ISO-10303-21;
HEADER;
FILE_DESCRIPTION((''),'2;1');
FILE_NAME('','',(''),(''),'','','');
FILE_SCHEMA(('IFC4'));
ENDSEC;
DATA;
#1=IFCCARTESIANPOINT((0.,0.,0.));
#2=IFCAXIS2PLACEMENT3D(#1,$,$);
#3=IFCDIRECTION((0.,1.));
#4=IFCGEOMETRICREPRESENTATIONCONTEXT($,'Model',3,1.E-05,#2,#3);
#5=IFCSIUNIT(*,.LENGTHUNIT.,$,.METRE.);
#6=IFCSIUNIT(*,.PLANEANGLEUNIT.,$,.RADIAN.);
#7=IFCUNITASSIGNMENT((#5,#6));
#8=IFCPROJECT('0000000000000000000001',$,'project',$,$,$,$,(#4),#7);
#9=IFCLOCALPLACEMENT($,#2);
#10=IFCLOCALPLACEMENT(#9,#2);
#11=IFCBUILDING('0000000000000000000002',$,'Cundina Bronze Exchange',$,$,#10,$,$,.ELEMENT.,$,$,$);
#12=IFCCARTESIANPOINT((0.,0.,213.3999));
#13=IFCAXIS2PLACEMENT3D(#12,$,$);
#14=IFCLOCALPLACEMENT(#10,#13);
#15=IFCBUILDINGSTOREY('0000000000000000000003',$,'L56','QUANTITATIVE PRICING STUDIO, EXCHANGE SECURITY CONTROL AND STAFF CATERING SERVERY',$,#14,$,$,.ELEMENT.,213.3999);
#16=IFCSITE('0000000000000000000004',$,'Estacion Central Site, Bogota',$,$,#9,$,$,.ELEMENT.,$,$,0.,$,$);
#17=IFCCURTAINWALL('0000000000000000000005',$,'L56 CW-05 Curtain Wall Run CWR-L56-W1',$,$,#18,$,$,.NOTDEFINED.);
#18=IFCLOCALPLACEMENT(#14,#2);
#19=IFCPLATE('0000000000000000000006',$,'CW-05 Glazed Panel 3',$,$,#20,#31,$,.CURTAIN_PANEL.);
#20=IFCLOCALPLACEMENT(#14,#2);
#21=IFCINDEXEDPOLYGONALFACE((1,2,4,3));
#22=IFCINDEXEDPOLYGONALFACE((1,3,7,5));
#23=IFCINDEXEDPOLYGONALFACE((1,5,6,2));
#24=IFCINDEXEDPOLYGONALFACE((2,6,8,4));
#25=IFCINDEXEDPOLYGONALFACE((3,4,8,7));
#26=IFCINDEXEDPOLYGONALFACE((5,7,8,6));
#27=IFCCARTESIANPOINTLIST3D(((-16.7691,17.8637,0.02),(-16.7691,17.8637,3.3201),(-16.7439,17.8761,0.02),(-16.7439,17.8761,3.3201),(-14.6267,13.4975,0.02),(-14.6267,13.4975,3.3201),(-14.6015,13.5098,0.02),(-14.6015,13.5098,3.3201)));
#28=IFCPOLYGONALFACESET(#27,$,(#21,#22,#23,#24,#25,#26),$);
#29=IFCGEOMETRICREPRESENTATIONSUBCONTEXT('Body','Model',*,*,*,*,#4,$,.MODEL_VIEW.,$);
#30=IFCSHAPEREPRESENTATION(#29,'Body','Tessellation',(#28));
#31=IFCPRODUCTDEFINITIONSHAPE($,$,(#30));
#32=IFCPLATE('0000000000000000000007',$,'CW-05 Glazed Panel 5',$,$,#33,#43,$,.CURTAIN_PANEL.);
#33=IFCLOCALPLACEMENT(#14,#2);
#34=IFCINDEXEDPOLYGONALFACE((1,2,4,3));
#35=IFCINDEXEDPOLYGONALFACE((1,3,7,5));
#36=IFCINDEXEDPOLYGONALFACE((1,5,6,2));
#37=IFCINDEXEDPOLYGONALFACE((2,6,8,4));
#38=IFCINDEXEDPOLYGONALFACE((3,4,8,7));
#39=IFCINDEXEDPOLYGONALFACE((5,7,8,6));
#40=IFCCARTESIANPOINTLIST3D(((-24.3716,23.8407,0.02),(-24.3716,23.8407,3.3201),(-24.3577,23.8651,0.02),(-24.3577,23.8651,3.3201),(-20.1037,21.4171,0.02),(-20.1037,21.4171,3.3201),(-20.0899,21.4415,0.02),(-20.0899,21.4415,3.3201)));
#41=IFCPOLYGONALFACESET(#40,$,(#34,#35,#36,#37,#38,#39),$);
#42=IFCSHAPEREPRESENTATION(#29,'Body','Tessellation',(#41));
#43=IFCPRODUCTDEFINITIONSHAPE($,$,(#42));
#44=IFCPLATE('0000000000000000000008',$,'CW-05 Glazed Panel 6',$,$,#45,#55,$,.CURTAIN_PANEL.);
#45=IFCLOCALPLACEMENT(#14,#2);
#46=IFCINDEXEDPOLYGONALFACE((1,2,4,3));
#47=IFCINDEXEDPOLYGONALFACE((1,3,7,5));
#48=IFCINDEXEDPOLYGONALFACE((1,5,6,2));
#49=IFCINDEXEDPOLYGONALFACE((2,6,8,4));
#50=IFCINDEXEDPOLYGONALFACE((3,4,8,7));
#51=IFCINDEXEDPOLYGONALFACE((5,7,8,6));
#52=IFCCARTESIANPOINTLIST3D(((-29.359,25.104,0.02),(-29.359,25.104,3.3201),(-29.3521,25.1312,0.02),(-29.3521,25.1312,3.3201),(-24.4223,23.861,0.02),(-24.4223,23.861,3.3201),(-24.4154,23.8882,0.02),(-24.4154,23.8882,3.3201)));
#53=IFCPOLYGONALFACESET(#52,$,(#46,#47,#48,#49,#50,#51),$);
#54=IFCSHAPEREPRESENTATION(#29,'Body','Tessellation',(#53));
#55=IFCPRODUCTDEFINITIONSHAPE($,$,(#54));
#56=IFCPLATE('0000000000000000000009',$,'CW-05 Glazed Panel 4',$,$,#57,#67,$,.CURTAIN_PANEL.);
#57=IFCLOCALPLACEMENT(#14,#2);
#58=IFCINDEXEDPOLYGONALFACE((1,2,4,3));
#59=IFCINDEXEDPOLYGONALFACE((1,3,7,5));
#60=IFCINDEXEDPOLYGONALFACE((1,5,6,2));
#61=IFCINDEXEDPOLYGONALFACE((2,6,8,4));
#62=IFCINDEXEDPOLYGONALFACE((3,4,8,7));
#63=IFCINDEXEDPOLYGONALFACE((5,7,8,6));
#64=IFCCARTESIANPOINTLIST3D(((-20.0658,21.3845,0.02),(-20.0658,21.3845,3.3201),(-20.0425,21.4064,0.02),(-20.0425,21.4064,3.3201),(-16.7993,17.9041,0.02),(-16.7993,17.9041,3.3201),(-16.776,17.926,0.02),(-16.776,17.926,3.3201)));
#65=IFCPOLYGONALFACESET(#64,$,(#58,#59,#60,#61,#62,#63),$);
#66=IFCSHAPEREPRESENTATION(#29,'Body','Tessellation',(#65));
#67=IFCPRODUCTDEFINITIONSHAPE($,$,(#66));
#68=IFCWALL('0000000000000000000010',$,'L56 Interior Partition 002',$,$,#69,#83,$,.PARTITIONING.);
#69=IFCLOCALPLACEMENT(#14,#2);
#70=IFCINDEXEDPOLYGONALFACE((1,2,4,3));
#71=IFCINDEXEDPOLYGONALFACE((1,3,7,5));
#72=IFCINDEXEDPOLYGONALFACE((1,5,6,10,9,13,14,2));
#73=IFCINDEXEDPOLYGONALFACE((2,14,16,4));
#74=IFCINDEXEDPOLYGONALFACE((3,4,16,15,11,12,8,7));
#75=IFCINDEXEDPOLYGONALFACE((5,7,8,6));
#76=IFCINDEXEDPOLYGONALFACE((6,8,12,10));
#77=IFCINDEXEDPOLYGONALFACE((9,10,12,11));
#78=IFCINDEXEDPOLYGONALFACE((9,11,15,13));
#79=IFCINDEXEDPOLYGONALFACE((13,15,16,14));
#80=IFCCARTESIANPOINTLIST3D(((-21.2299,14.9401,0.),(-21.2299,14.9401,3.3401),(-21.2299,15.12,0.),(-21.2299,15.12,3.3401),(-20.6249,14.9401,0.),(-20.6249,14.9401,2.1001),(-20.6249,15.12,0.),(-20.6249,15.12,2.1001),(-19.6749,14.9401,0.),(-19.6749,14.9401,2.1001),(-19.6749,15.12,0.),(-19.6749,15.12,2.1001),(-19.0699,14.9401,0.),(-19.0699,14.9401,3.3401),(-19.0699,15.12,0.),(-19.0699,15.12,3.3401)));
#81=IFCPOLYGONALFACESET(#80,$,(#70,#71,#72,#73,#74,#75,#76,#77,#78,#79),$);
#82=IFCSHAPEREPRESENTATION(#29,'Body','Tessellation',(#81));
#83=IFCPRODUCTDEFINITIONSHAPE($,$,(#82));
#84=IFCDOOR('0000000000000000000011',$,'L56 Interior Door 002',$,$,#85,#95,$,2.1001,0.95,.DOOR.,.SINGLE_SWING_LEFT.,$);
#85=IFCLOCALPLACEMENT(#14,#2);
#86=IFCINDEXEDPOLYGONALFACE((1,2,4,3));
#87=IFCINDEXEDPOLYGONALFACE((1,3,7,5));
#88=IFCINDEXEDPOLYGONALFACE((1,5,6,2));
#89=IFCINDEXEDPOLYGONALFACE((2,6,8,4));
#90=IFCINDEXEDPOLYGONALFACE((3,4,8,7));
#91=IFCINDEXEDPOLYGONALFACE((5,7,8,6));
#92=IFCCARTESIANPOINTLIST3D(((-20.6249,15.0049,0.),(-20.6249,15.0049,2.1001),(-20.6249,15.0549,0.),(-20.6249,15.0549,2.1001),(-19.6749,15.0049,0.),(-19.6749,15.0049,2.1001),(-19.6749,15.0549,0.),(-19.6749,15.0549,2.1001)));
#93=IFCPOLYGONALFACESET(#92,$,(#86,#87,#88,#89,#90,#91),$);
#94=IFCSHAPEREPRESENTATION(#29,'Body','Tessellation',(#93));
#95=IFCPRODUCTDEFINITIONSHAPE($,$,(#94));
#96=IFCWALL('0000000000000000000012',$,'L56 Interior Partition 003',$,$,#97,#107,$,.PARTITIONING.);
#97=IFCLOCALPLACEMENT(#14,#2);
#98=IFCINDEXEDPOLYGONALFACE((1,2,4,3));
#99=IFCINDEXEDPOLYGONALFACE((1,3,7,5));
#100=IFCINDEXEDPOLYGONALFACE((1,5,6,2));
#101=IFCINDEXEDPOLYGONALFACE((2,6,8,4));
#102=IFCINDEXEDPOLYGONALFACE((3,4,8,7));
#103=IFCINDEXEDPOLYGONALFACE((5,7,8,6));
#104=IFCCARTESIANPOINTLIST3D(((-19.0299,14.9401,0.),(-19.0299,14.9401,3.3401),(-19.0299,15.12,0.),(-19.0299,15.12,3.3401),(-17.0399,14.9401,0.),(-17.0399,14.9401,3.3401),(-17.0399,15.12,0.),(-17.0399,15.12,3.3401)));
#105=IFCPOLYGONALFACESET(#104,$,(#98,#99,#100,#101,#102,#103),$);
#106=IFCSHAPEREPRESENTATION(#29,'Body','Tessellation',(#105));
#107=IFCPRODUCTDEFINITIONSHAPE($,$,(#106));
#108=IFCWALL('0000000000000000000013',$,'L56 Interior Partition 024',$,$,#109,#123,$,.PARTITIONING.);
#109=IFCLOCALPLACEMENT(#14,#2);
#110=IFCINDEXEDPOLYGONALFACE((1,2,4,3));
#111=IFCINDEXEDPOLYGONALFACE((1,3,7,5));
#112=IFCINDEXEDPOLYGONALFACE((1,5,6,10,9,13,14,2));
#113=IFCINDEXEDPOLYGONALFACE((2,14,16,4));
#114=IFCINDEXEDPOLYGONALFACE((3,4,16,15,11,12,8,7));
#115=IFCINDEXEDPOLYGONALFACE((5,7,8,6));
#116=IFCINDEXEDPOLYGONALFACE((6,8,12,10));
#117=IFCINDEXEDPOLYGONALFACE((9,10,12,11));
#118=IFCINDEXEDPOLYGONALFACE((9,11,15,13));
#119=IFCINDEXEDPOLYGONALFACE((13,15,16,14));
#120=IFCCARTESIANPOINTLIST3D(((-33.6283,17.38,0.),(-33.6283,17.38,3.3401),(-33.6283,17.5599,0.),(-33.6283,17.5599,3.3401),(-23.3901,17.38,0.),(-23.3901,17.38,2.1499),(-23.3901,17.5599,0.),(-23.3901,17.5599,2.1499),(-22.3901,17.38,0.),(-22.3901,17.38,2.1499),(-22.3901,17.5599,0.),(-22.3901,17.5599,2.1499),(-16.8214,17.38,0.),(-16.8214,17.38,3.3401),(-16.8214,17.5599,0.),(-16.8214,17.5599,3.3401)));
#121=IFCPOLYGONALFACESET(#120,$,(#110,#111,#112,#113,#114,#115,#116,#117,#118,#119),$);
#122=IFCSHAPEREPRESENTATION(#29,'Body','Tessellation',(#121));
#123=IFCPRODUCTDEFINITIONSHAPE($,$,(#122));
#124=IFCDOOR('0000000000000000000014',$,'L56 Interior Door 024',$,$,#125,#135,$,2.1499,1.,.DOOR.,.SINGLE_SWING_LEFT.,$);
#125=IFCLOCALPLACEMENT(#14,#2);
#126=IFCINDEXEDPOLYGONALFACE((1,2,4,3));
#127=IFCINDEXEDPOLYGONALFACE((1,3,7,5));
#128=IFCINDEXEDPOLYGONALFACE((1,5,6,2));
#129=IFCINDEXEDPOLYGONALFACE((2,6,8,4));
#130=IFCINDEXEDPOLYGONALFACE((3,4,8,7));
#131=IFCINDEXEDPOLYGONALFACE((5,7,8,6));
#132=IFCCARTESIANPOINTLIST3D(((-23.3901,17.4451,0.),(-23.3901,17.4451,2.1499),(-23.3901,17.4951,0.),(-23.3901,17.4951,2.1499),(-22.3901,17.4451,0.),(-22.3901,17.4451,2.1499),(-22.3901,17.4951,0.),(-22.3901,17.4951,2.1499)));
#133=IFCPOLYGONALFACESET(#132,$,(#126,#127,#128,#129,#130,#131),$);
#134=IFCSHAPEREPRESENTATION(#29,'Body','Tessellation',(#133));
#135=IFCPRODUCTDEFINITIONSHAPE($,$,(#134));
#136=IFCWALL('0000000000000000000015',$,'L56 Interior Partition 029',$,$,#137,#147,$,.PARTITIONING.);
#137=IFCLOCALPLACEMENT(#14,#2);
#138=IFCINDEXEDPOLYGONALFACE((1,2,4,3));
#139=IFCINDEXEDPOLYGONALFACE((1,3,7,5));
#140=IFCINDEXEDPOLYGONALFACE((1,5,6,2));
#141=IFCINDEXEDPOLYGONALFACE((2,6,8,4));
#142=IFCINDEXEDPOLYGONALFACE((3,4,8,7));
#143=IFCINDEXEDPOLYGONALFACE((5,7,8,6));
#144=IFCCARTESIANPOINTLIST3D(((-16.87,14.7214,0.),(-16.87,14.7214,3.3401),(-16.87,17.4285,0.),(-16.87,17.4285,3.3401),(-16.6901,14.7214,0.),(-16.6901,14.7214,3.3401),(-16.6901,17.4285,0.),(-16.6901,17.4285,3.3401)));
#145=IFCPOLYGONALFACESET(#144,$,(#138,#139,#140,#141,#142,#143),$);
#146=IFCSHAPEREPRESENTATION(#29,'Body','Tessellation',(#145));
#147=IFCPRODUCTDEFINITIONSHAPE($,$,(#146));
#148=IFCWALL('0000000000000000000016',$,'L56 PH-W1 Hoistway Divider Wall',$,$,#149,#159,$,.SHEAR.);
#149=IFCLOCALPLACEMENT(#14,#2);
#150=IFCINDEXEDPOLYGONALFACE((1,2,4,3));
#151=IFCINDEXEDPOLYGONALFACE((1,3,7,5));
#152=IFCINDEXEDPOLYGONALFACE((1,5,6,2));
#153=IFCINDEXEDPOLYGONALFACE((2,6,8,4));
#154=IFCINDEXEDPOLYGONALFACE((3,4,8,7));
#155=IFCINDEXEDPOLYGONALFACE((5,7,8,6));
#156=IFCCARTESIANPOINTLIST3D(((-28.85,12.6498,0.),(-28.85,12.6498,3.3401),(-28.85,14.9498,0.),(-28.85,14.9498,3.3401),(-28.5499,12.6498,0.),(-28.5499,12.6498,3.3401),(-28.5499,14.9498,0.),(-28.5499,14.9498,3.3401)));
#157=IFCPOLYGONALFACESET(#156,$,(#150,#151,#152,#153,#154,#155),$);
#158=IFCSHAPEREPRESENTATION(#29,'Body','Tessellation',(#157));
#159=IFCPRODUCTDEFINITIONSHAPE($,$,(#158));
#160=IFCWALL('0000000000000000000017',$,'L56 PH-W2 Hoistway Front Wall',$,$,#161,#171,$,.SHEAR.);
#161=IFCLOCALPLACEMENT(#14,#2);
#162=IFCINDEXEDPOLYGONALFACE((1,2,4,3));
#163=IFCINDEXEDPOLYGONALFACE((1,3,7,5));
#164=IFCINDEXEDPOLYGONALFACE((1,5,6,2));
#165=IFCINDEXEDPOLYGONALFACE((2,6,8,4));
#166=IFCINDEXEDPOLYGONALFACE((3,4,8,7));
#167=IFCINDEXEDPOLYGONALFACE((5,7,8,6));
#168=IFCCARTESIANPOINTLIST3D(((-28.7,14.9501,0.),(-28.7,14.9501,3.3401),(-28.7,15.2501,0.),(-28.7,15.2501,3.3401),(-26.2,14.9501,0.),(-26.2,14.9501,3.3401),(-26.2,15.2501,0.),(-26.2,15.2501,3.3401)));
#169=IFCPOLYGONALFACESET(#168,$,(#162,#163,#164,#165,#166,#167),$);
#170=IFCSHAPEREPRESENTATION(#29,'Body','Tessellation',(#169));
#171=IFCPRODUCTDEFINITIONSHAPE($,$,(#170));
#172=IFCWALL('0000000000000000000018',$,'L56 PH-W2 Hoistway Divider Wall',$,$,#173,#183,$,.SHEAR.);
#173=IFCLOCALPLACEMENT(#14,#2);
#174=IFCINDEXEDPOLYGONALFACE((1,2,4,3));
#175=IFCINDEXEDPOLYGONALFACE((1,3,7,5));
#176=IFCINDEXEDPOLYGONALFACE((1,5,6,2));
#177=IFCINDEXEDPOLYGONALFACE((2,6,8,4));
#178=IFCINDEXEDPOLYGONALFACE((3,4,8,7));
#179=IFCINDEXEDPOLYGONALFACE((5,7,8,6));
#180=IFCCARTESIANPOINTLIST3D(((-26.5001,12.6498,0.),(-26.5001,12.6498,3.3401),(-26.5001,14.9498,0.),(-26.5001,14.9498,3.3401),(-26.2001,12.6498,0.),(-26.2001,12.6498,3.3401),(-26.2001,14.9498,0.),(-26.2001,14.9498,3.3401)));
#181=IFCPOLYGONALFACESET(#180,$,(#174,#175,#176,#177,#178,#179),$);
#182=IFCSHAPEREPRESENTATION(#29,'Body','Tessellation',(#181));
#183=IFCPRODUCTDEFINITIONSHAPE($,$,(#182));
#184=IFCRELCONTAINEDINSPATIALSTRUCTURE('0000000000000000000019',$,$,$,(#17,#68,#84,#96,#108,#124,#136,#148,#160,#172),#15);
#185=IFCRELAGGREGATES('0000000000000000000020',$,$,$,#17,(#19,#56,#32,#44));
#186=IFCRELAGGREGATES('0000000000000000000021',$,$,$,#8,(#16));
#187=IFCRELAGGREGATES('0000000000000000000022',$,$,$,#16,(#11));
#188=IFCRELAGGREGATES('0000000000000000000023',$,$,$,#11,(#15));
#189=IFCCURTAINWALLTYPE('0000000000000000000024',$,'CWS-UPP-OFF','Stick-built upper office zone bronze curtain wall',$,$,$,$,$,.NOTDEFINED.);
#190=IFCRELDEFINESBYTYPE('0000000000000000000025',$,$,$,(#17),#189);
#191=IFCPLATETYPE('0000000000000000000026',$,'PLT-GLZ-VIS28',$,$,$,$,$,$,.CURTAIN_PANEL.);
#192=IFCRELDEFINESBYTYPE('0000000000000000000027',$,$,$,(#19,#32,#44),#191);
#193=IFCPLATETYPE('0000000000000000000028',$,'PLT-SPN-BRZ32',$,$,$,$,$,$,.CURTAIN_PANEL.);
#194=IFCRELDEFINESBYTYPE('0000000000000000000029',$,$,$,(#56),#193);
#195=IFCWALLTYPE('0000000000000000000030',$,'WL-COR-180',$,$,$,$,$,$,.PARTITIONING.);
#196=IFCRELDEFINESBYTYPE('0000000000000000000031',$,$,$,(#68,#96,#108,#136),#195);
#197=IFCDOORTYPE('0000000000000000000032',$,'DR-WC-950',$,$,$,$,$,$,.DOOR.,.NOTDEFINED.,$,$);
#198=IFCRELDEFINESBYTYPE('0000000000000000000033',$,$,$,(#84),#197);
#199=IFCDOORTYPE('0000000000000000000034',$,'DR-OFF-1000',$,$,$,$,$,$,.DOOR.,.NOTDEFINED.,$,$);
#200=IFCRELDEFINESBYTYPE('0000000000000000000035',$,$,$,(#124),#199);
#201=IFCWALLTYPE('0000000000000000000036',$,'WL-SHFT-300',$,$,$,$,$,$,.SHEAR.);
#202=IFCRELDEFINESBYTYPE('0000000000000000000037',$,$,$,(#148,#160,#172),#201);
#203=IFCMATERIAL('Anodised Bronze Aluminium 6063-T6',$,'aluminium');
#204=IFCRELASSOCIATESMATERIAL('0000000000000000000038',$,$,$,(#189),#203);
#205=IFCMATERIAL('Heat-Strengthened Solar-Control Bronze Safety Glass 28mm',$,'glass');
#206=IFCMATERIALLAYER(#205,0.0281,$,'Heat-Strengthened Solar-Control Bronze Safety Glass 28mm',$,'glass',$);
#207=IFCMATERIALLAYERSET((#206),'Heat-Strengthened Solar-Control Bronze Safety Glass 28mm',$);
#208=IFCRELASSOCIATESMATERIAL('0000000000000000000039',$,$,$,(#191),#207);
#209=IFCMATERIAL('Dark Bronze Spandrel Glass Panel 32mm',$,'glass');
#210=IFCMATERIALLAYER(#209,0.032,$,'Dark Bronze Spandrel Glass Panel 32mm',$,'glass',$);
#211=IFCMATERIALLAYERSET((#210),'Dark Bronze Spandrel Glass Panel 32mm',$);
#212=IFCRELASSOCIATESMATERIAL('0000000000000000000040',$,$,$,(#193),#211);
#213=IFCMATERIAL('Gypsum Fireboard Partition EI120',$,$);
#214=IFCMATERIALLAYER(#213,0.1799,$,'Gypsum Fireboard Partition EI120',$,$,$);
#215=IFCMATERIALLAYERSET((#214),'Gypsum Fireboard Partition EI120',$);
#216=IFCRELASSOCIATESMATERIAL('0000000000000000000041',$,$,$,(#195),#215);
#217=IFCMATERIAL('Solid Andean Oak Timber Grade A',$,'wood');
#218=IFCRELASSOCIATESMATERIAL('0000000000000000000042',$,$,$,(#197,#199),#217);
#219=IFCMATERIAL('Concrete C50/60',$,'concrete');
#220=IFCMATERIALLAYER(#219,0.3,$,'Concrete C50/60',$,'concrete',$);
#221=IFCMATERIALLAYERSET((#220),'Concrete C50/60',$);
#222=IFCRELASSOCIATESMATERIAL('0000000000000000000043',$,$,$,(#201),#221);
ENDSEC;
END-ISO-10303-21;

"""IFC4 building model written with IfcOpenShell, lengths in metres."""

from ifc_helpers import new_model, si_unit, direction, frame, frame_2d, origin, origin_2d, place, context, subcontext, project, spatial, rectangle, extrude, material, layer, layer_set, type_object, element, fill, aggregate, save


model = new_model("IFC4")

# Units and contexts
model_context = context("Model", 3, precision=1e-05, world=origin(), true_north=direction((0.0, 1.0)))
body_context = subcontext(model_context, "Body", "Model", "MODEL_VIEW")
ifc_project = project(units=[si_unit("LENGTHUNIT", "METRE"), si_unit("PLANEANGLEUNIT", "RADIAN")], contexts=[model_context])

# Site, building, storey
site_placement = place(None, origin())
site = spatial("IfcSite", under=ifc_project, at=site_placement, Name="Estacion Central Site, Bogota", CompositionType="ELEMENT", RefElevation=0.0)
building_placement = place(site_placement, origin())
building = spatial("IfcBuilding", under=site, at=building_placement, Name="Cundina Bronze Exchange", CompositionType="ELEMENT")
storey_placement = place(building_placement, frame((0.0, 0.0, 213.3999)))
storey = spatial("IfcBuildingStorey", under=building, at=storey_placement, Name="L56", Description="QUANTITATIVE PRICING STUDIO, EXCHANGE SECURITY CONTROL AND STAFF CATERING SERVERY", CompositionType="ELEMENT", Elevation=213.3999)

# Shared definitions
ifc_material_1 = material(Name="Concrete C50/60", Category="concrete")

# Curtain wall, plates
ifc_material_2 = material(Name="Anodised Bronze Aluminium 6063-T6", Category="aluminium")
curtain_wall_type = type_object("IfcCurtainWallType", Name="CWS-UPP-OFF", Description="Stick-built upper office zone bronze curtain wall", PredefinedType="NOTDEFINED", material=ifc_material_2)
curtain_wall_placement = place(storey_placement, origin())
curtain_wall = element("IfcCurtainWall", 1, at=curtain_wall_placement, inside=storey, type_object=curtain_wall_type, Name="L56 CW-05 Curtain Wall Run CWR-L56-W1", PredefinedType="NOTDEFINED")
ifc_material_3 = material(Name="Heat-Strengthened Solar-Control Bronze Safety Glass 28mm", Category="glass")
ifc_layer_1 = layer(ifc_material_3, 0.0281, Name="Heat-Strengthened Solar-Control Bronze Safety Glass 28mm", Category="glass")
ifc_layer_set_1 = layer_set([ifc_layer_1], Name="Heat-Strengthened Solar-Control Bronze Safety Glass 28mm")
plate_type_1 = type_object("IfcPlateType", Name="PLT-GLZ-VIS28", PredefinedType="CURTAIN_PANEL", material=ifc_layer_set_1)
plate_1_placement = place(storey_placement, frame((-15.6853, 15.6868, 0.02), z_axis=(0.0, 0.0, 1.0), x_axis=(-0.440503, 0.897751, 0.0)))
plate_1 = element("IfcPlate", 2, at=plate_1_placement, type_object=plate_type_1, Name="CW-05 Glazed Panel 3", PredefinedType="CURTAIN_PANEL", context=body_context, shape_type="SweptSolid", body=[
    extrude(rectangle(XDim=4.8635, YDim=0.0281, at=origin_2d()), origin(), (0.0, 0.0, 1.0), 3.3),
])
plate_2_placement = place(storey_placement, frame((-22.2307, 22.6411, 0.02), z_axis=(0.0, 0.0, 1.0), x_axis=(-0.869573, 0.493805, 0.0)))
plate_2 = element("IfcPlate", 3, at=plate_2_placement, type_object=plate_type_1, Name="CW-05 Glazed Panel 5", PredefinedType="CURTAIN_PANEL", context=body_context, shape_type="SweptSolid", body=[
    extrude(rectangle(XDim=4.908, YDim=0.0281, at=origin_2d()), origin(), (0.0, 0.0, 1.0), 3.3),
])
plate_3_placement = place(storey_placement, frame((-26.8872, 24.4961, 0.02), z_axis=(0.0, 0.0, 1.0), x_axis=(-0.969732, 0.244174, 0.0)))
plate_3 = element("IfcPlate", 4, at=plate_3_placement, type_object=plate_type_1, Name="CW-05 Glazed Panel 6", PredefinedType="CURTAIN_PANEL", context=body_context, shape_type="SweptSolid", body=[
    extrude(rectangle(XDim=5.0908, YDim=0.0281, at=origin_2d()), origin(), (0.0, 0.0, 1.0), 3.3),
])
ifc_material_4 = material(Name="Dark Bronze Spandrel Glass Panel 32mm", Category="glass")
ifc_layer_2 = layer(ifc_material_4, 0.032, Name="Dark Bronze Spandrel Glass Panel 32mm", Category="glass")
ifc_layer_set_2 = layer_set([ifc_layer_2], Name="Dark Bronze Spandrel Glass Panel 32mm")
plate_type_2 = type_object("IfcPlateType", Name="PLT-SPN-BRZ32", PredefinedType="CURTAIN_PANEL", material=ifc_layer_set_2)
plate_4_placement = place(storey_placement, frame((-18.4209, 19.6553, 0.02), z_axis=(0.0, 0.0, 1.0), x_axis=(-0.684344, 0.72916, 0.0)))
plate_4 = element("IfcPlate", 5, at=plate_4_placement, type_object=plate_type_2, Name="CW-05 Glazed Panel 4", PredefinedType="CURTAIN_PANEL", context=body_context, shape_type="SweptSolid", body=[
    extrude(rectangle(XDim=4.7732, YDim=0.032, at=origin_2d()), origin(), (0.0, 0.0, 1.0), 3.3),
])
aggregate(curtain_wall, [plate_1, plate_4, plate_2, plate_3])

# Wall, opening, door
ifc_material_5 = material(Name="Gypsum Fireboard Partition EI120")
ifc_layer_3 = layer(ifc_material_5, 0.1799, Name="Gypsum Fireboard Partition EI120")
ifc_layer_set_3 = layer_set([ifc_layer_3], Name="Gypsum Fireboard Partition EI120")
wall_type_1 = type_object("IfcWallType", Name="WL-COR-180", PredefinedType="PARTITIONING", material=ifc_layer_set_3)
wall_1_placement = place(storey_placement, frame((-21.23, 15.03, 0.0), z_axis=(0.0, 0.0, 1.0), x_axis=(1.0, 0.0, 0.0)))
wall_1 = element("IfcWall", 6, at=wall_1_placement, inside=storey, type_object=wall_type_1, Name="L56 Interior Partition 002", PredefinedType="PARTITIONING", context=body_context, shape_type="SweptSolid", body=[
    extrude(rectangle(XDim=2.1599, YDim=0.1799, at=frame_2d((1.0801, 0.0))), origin(), (0.0, 0.0, 1.0), 3.3401),
])
opening_1_placement = place(wall_1_placement, frame((0.605, 0.0, 0.0)))
opening_1 = element("IfcOpeningElement", 7, at=opening_1_placement, cuts=wall_1, PredefinedType="OPENING", context=body_context, shape_type="SweptSolid", body=[
    extrude(rectangle(XDim=0.95, YDim=2.1001, at=frame_2d((0.4751, 1.05))), frame((0.0, 0.0999, 0.0), z_axis=(0.0, -1.0, 0.0), x_axis=(1.0, 0.0, 0.0)), (0.0, 0.0, 1.0), 0.2),
])
ifc_material_6 = material(Name="Solid Andean Oak Timber Grade A", Category="wood")
door_type_1 = type_object("IfcDoorType", Name="DR-WC-950", OperationType="NOTDEFINED", PredefinedType="DOOR", material=ifc_material_6)
door_1_placement = place(opening_1_placement, origin())
door_1 = element("IfcDoor", 8, at=door_1_placement, inside=storey, type_object=door_type_1, Name="L56 Interior Door 002", OperationType="SINGLE_SWING_LEFT", OverallHeight=2.1001, OverallWidth=0.95, PredefinedType="DOOR", context=body_context, shape_type="SweptSolid", body=[
    extrude(rectangle(XDim=0.95, YDim=2.1001, at=frame_2d((0.4751, 1.05))), frame((0.0, 0.0249, 0.0), z_axis=(0.0, -1.0, 0.0), x_axis=(1.0, 0.0, 0.0)), (0.0, 0.0, 1.0), 0.05),
])
fill(opening_1, door_1)

# Wall
wall_2_placement = place(storey_placement, frame((-19.03, 15.03, 0.0), z_axis=(0.0, 0.0, 1.0), x_axis=(1.0, 0.0, 0.0)))
element("IfcWall", 9, at=wall_2_placement, inside=storey, type_object=wall_type_1, Name="L56 Interior Partition 003", PredefinedType="PARTITIONING", context=body_context, shape_type="SweptSolid", body=[
    extrude(rectangle(XDim=1.99, YDim=0.1799, at=frame_2d((0.9951, 0.0))), origin(), (0.0, 0.0, 1.0), 3.3401),
])

# Wall, opening, door
wall_3_placement = place(storey_placement, frame((-16.8215, 17.47, 0.0), z_axis=(0.0, 0.0, 1.0), x_axis=(-1.0, 0.0, 0.0)))
wall_3 = element("IfcWall", 10, at=wall_3_placement, inside=storey, type_object=wall_type_1, Name="L56 Interior Partition 024", PredefinedType="PARTITIONING", context=body_context, shape_type="SweptSolid", body=[
    extrude(rectangle(XDim=16.8069, YDim=0.1799, at=frame_2d((8.4033, 0.0))), origin(), (0.0, 0.0, 1.0), 3.3401),
])
opening_2_placement = place(wall_3_placement, frame((5.5686, 0.0, 0.0)))
opening_2 = element("IfcOpeningElement", 11, at=opening_2_placement, cuts=wall_3, PredefinedType="OPENING", context=body_context, shape_type="SweptSolid", body=[
    extrude(rectangle(XDim=1.0, YDim=2.1499, at=frame_2d((0.5, 1.075))), frame((0.0, 0.0999, 0.0), z_axis=(0.0, -1.0, 0.0), x_axis=(1.0, 0.0, 0.0)), (0.0, 0.0, 1.0), 0.2),
])
door_type_2 = type_object("IfcDoorType", Name="DR-OFF-1000", OperationType="NOTDEFINED", PredefinedType="DOOR", material=ifc_material_6)
door_2_placement = place(opening_2_placement, origin())
door_2 = element("IfcDoor", 12, at=door_2_placement, inside=storey, type_object=door_type_2, Name="L56 Interior Door 024", OperationType="SINGLE_SWING_LEFT", OverallHeight=2.1499, OverallWidth=1.0, PredefinedType="DOOR", context=body_context, shape_type="SweptSolid", body=[
    extrude(rectangle(XDim=1.0, YDim=2.1499, at=frame_2d((0.5, 1.075))), frame((0.0, 0.0249, 0.0), z_axis=(0.0, -1.0, 0.0), x_axis=(1.0, 0.0, 0.0)), (0.0, 0.0, 1.0), 0.05),
])
fill(opening_2, door_2)

# Wall
wall_4_placement = place(storey_placement, frame((-16.78, 14.7214, 0.0), z_axis=(0.0, 0.0, 1.0), x_axis=(0.0, 1.0, 0.0)))
element("IfcWall", 13, at=wall_4_placement, inside=storey, type_object=wall_type_1, Name="L56 Interior Partition 029", PredefinedType="PARTITIONING", context=body_context, shape_type="SweptSolid", body=[
    extrude(rectangle(XDim=2.707, YDim=0.1799, at=frame_2d((1.3535, 0.0))), origin(), (0.0, 0.0, 1.0), 3.3401),
])

# Shared definitions
ifc_layer_4 = layer(ifc_material_1, 0.3, Name="Concrete C50/60", Category="concrete")
ifc_layer_set_4 = layer_set([ifc_layer_4], Name="Concrete C50/60")
wall_type_2 = type_object("IfcWallType", Name="WL-SHFT-300", PredefinedType="SHEAR", material=ifc_layer_set_4)

# Walls
wall_5_placement = place(storey_placement, frame((-28.7, 12.6499, 0.0), z_axis=(0.0, 0.0, 1.0), x_axis=(0.0, 1.0, 0.0)))
element("IfcWall", 14, at=wall_5_placement, inside=storey, type_object=wall_type_2, Name="L56 PH-W1 Hoistway Divider Wall", PredefinedType="SHEAR", context=body_context, shape_type="SweptSolid", body=[
    extrude(rectangle(XDim=2.3, YDim=0.3, at=frame_2d((1.1499, 0.0))), origin(), (0.0, 0.0, 1.0), 3.3401),
])
wall_6_placement = place(storey_placement, frame((-28.7, 15.1001, 0.0), z_axis=(0.0, 0.0, 1.0), x_axis=(1.0, 0.0, 0.0)))
element("IfcWall", 15, at=wall_6_placement, inside=storey, type_object=wall_type_2, Name="L56 PH-W2 Hoistway Front Wall", PredefinedType="SHEAR", context=body_context, shape_type="SweptSolid", body=[
    extrude(rectangle(XDim=2.5, YDim=0.3, at=frame_2d((1.25, 0.0))), origin(), (0.0, 0.0, 1.0), 3.3401),
])
wall_7_placement = place(storey_placement, frame((-26.3501, 12.6499, 0.0), z_axis=(0.0, 0.0, 1.0), x_axis=(0.0, 1.0, 0.0)))
element("IfcWall", 16, at=wall_7_placement, inside=storey, type_object=wall_type_2, Name="L56 PH-W2 Hoistway Divider Wall", PredefinedType="SHEAR", context=body_context, shape_type="SweptSolid", body=[
    extrude(rectangle(XDim=2.3, YDim=0.3, at=frame_2d((1.1499, 0.0))), origin(), (0.0, 0.0, 1.0), 3.3401),
])

save(model, "model.ifc")
